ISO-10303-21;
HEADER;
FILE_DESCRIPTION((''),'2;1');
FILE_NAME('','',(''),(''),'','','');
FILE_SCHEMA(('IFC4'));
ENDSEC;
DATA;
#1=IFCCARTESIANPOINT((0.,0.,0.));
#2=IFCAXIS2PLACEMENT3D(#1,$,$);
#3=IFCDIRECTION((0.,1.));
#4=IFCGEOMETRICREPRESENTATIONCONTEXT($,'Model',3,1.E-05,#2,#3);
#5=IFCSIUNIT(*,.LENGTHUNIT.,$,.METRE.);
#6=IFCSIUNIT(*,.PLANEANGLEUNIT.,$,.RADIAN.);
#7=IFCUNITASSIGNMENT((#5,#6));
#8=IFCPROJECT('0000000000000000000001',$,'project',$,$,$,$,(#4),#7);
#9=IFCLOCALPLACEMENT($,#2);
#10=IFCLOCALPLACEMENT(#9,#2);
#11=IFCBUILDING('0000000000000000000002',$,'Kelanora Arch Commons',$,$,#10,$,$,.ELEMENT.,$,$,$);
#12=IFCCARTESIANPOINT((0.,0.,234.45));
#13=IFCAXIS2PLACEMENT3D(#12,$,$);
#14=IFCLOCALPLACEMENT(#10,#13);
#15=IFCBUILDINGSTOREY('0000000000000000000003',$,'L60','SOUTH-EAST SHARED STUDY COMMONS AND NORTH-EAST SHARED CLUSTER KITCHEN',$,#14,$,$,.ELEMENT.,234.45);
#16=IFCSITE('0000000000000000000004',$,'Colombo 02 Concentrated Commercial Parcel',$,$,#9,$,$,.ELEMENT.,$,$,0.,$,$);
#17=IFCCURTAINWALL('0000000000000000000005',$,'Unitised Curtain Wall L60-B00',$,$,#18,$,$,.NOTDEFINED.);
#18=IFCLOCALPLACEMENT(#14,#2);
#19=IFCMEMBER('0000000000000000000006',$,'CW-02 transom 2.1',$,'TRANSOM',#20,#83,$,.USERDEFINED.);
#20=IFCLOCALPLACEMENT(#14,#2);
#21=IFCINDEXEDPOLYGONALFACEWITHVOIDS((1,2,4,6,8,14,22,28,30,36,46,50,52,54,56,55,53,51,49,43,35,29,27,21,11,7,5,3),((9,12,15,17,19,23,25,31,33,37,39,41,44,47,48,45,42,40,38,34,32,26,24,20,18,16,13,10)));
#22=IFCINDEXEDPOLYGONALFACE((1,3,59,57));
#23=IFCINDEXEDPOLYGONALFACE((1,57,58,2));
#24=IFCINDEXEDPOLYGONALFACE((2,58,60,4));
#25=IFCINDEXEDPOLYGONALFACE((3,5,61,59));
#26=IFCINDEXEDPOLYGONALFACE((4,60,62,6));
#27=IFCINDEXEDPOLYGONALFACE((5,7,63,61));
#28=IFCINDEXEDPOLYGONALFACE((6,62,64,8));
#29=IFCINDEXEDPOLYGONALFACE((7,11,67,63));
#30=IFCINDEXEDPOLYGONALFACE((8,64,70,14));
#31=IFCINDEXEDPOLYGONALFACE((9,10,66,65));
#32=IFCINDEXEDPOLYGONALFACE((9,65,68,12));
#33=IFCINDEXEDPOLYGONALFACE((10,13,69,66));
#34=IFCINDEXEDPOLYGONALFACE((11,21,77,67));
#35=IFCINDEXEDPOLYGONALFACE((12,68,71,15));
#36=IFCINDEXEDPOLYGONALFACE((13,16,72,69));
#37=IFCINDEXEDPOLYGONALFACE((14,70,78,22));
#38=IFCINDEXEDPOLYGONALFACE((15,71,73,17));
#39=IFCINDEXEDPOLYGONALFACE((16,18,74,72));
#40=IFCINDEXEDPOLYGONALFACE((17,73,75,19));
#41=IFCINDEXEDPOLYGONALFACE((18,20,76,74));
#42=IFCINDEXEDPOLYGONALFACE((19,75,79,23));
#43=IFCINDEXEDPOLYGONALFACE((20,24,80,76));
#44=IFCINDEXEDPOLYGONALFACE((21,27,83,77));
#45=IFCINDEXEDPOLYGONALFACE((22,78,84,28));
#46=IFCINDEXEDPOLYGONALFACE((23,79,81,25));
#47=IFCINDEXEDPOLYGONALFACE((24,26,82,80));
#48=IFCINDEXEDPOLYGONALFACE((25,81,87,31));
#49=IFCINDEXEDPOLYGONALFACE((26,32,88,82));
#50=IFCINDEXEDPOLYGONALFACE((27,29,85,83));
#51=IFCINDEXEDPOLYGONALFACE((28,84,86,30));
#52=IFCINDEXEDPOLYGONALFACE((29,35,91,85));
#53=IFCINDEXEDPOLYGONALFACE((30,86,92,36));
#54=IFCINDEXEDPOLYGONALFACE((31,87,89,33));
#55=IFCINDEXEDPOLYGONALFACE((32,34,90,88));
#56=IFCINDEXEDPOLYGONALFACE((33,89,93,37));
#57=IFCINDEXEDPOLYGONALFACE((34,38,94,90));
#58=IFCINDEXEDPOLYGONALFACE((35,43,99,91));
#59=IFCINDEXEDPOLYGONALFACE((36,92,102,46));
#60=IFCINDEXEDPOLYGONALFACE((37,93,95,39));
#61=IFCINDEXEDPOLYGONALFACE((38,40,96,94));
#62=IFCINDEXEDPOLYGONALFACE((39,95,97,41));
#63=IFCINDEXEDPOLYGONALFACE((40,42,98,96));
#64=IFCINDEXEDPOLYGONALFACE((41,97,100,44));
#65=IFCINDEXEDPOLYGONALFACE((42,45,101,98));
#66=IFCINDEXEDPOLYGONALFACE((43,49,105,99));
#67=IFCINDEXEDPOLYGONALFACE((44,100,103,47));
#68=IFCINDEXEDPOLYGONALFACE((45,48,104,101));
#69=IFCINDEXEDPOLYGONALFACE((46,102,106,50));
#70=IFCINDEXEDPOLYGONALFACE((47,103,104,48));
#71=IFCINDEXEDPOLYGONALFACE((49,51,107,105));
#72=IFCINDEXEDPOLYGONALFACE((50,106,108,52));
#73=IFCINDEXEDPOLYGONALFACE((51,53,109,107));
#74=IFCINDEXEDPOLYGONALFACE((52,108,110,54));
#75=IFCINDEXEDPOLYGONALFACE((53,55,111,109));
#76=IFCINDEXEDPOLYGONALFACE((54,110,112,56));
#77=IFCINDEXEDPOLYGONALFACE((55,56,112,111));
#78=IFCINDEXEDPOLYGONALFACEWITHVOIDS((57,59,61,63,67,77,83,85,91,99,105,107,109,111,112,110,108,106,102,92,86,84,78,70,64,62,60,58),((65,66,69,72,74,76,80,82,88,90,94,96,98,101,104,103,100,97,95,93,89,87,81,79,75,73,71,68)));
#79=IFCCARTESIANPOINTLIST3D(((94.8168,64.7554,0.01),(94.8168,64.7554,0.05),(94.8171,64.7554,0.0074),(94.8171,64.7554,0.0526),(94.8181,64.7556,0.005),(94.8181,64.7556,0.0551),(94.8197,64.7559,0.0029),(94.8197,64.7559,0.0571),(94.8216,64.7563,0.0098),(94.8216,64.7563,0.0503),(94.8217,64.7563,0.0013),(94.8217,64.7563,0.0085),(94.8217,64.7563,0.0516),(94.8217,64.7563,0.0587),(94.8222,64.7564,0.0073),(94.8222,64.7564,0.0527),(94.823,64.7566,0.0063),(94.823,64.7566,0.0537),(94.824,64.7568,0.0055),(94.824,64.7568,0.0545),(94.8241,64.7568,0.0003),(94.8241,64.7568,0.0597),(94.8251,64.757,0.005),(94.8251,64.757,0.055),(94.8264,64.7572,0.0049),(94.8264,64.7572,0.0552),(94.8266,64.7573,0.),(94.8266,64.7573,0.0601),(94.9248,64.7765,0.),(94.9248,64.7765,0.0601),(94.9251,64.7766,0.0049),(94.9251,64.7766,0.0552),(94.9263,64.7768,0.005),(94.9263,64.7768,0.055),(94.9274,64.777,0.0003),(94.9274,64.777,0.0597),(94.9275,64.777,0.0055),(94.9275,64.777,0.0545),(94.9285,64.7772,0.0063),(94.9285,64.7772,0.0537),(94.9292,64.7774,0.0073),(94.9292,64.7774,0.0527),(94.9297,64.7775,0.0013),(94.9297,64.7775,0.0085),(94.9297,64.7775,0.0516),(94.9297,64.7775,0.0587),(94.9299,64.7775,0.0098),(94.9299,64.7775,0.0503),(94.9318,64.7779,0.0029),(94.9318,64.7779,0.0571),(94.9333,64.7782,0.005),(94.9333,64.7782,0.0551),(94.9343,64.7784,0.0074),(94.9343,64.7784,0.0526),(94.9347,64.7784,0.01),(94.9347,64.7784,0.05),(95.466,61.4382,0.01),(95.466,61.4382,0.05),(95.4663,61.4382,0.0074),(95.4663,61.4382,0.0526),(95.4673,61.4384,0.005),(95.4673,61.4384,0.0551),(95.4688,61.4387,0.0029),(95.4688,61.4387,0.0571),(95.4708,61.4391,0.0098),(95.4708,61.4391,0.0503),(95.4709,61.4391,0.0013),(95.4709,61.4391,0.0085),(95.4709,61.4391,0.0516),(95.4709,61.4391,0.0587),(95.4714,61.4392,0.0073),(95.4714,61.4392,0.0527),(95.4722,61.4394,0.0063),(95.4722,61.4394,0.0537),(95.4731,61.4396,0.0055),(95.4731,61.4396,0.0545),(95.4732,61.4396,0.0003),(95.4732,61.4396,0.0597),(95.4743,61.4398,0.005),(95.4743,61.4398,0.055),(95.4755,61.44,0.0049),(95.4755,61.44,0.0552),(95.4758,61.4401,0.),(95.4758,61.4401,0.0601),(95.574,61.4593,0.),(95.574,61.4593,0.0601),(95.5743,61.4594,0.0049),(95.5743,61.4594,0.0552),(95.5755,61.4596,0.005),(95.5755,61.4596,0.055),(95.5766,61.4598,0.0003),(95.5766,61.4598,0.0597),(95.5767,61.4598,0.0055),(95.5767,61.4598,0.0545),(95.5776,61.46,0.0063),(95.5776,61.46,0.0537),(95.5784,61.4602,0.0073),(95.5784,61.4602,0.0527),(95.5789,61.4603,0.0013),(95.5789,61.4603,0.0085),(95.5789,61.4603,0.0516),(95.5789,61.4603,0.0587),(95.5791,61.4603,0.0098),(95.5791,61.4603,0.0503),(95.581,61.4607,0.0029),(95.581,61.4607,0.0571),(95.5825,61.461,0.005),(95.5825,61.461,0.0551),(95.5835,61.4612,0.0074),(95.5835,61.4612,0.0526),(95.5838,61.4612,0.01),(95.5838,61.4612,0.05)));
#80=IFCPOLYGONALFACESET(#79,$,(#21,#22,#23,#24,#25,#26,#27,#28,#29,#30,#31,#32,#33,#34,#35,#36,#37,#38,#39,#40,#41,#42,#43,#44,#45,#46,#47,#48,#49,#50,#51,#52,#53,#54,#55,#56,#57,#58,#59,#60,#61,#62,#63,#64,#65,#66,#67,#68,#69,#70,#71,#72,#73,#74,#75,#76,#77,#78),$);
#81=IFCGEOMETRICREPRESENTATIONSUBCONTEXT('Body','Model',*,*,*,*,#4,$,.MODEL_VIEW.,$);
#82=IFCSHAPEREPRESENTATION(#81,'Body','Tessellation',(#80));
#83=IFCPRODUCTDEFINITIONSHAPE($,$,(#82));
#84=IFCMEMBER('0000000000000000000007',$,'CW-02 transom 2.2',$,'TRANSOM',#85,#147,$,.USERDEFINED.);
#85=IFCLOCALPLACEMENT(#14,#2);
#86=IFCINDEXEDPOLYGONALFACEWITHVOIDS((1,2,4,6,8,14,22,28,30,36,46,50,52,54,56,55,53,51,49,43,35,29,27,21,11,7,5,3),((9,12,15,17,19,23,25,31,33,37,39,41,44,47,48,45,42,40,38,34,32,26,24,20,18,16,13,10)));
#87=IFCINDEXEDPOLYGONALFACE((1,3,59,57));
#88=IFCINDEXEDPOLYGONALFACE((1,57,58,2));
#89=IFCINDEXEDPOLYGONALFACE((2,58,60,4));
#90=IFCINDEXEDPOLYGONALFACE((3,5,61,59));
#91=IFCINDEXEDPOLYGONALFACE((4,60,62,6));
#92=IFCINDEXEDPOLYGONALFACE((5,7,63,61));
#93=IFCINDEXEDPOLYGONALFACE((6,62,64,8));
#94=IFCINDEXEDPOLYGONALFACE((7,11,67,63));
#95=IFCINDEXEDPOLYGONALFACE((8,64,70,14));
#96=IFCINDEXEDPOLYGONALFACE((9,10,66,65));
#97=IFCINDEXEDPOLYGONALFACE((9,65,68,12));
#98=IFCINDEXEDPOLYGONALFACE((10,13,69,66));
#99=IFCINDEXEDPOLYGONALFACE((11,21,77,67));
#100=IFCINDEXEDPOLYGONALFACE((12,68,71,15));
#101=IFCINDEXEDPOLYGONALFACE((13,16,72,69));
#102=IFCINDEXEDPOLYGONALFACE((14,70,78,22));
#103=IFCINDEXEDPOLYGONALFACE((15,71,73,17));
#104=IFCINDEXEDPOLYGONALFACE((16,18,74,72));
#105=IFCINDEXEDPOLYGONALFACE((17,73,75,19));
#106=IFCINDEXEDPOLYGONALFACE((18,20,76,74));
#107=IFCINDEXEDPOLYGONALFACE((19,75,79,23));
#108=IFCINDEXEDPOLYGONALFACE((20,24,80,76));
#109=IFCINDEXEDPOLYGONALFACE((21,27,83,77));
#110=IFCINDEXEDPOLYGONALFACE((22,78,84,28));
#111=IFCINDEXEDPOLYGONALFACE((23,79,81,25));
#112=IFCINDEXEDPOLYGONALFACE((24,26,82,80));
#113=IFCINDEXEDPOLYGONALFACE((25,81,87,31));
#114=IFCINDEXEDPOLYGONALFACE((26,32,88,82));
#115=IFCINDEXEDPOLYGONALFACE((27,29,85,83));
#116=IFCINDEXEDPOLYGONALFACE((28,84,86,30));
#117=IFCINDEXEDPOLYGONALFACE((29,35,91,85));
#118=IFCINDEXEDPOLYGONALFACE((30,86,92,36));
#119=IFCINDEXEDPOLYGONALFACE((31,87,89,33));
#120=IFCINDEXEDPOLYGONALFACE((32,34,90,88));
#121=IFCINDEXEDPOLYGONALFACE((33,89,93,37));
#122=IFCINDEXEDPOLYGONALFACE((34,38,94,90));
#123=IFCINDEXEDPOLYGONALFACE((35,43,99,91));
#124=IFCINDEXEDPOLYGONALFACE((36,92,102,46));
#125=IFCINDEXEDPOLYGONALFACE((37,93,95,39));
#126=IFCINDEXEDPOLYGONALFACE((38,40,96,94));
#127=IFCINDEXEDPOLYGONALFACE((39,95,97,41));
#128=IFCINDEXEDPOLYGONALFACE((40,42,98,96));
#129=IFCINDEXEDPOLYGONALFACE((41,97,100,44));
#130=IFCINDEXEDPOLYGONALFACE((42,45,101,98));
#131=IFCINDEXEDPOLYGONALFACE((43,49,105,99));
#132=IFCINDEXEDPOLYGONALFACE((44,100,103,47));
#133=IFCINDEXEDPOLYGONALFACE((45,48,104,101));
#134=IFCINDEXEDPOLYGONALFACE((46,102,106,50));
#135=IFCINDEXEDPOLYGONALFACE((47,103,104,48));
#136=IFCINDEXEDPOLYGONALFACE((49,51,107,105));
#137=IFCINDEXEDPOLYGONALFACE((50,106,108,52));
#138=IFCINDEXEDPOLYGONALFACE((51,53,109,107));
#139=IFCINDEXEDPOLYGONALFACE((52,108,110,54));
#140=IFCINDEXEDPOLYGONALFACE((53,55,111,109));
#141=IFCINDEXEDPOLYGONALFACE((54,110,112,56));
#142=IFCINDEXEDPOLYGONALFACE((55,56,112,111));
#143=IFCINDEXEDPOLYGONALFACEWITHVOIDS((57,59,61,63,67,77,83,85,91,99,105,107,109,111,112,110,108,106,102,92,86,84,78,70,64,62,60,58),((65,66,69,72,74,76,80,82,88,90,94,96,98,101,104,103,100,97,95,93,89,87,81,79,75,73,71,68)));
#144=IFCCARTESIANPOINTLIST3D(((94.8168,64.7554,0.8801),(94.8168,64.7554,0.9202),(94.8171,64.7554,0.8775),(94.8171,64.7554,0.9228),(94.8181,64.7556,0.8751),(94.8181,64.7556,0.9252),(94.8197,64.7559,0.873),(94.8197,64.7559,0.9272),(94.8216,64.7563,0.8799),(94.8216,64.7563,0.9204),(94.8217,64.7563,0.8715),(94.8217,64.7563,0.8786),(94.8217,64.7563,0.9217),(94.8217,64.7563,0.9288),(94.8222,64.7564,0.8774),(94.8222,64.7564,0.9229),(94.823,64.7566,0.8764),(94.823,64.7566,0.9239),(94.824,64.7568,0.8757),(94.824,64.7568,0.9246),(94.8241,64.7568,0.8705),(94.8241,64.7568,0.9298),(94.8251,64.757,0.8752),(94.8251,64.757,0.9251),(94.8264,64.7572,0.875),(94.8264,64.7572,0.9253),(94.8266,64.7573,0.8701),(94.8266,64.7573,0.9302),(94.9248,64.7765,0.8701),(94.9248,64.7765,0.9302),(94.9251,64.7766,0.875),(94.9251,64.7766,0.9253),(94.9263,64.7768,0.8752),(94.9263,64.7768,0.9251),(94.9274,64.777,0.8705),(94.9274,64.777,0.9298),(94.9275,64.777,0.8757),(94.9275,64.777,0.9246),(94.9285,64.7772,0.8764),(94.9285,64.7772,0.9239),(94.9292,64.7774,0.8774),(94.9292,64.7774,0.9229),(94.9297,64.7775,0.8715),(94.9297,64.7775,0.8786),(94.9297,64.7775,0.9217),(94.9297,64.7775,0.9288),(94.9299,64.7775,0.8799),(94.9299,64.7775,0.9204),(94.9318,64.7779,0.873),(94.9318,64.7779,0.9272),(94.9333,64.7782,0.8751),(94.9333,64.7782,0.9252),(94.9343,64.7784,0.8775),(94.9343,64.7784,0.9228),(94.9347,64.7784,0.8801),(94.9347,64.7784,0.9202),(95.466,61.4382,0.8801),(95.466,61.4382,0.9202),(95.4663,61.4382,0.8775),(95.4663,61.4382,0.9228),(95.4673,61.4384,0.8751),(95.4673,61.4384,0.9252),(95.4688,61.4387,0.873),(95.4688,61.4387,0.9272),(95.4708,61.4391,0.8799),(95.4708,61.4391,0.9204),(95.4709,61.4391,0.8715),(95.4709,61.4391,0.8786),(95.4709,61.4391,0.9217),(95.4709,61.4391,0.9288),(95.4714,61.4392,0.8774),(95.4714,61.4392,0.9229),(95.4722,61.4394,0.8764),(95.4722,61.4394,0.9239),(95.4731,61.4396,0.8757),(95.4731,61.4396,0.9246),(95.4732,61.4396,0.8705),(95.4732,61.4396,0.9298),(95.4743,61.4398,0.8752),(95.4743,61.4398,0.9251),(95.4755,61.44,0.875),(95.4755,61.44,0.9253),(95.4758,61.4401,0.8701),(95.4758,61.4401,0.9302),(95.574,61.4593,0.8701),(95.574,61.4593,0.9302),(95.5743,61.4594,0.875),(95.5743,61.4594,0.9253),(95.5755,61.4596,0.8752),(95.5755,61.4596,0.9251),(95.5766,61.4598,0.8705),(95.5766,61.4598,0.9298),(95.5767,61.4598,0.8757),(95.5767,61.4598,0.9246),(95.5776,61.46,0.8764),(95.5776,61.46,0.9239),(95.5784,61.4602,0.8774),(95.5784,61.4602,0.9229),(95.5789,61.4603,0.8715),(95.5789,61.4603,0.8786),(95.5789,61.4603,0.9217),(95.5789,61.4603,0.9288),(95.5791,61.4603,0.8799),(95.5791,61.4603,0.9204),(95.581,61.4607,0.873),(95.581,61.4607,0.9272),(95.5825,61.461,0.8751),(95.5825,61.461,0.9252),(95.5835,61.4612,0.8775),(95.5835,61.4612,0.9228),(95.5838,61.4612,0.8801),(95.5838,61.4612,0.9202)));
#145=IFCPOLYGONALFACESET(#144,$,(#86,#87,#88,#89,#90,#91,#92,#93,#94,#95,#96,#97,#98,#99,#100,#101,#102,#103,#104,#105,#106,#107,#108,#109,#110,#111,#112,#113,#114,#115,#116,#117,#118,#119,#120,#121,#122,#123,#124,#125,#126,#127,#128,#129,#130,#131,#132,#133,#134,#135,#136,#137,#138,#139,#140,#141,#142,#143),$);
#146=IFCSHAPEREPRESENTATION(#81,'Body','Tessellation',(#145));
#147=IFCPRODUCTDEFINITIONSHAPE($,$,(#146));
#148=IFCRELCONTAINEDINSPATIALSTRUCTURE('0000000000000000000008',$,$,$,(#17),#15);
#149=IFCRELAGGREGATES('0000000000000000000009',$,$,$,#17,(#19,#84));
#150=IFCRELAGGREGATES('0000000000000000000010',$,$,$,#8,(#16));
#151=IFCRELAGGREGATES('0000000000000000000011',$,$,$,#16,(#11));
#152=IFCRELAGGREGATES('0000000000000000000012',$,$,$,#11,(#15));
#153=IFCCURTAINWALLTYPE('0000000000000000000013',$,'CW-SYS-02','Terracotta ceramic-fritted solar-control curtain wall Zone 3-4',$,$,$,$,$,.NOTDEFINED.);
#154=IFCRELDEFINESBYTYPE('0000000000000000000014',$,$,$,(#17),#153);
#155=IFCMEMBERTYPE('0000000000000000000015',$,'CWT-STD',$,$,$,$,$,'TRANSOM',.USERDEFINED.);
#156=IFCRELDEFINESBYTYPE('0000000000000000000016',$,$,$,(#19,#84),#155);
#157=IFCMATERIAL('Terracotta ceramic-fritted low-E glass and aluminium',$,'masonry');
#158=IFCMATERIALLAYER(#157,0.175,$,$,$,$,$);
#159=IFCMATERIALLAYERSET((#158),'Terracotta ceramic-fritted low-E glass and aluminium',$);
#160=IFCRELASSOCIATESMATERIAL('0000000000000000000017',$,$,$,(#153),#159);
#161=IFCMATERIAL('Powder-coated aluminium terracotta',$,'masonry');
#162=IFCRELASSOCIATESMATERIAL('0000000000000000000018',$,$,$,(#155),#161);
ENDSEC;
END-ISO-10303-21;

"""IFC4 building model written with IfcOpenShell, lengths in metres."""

from ifc_helpers import new_model, si_unit, direction, frame, origin, origin_2d, place, context, subcontext, project, spatial, hollow_rectangle, extrude, material, layer, layer_set, material_profile, profile_set, type_object, element, aggregate, save


model = new_model("IFC4")

# Units and contexts
model_context = context("Model", 3, precision=1e-05, world=origin(), true_north=direction((0.0, 1.0)))
body_context = subcontext(model_context, "Body", "Model", "MODEL_VIEW")
ifc_project = project(units=[si_unit("LENGTHUNIT", "METRE"), si_unit("PLANEANGLEUNIT", "RADIAN")], contexts=[model_context])

# Site, building, storey
site_placement = place(None, origin())
site = spatial("IfcSite", under=ifc_project, at=site_placement, Name="Colombo 02 Concentrated Commercial Parcel", CompositionType="ELEMENT", RefElevation=0.0)
building_placement = place(site_placement, origin())
building = spatial("IfcBuilding", under=site, at=building_placement, Name="Kelanora Arch Commons", CompositionType="ELEMENT")
storey_placement = place(building_placement, frame((0.0, 0.0, 234.45)))
storey = spatial("IfcBuildingStorey", under=building, at=storey_placement, Name="L60", Description="SOUTH-EAST SHARED STUDY COMMONS AND NORTH-EAST SHARED CLUSTER KITCHEN", CompositionType="ELEMENT", Elevation=234.45)

# Curtain wall, members
ifc_material_1 = material(Name="Terracotta ceramic-fritted low-E glass and aluminium", Category="masonry")
ifc_layer_1 = layer(ifc_material_1, 0.175)
ifc_layer_set_1 = layer_set([ifc_layer_1], Name="Terracotta ceramic-fritted low-E glass and aluminium")
curtain_wall_type = type_object("IfcCurtainWallType", Name="CW-SYS-02", Description="Terracotta ceramic-fritted solar-control curtain wall Zone 3-4", PredefinedType="NOTDEFINED", material=ifc_layer_set_1)
curtain_wall_placement = place(storey_placement, origin())
curtain_wall = element("IfcCurtainWall", 1, at=curtain_wall_placement, inside=storey, type_object=curtain_wall_type, Name="Unitised Curtain Wall L60-B00", PredefinedType="NOTDEFINED")
ifc_material_2 = material(Name="Powder-coated aluminium terracotta", Category="masonry")
ifc_material_profile_1 = material_profile(ifc_material_2, hollow_rectangle(XDim=0.1201, YDim=0.0601, WallThickness=0.0049, InnerFilletRadius=0.0049, OuterFilletRadius=0.01, at=origin_2d()), Name="CWT120x60")
ifc_profile_set_1 = profile_set([ifc_material_profile_1], Name="Powder-coated aluminium terracotta")
member_type_1 = type_object("IfcMemberType", Name="CWT-STD", ElementType="TRANSOM", PredefinedType="USERDEFINED", material=ifc_profile_set_1)
member_1_placement = place(storey_placement, frame((95.5249, 61.4497, 0.03), z_axis=(-0.192058, 0.981383, 0.0), x_axis=(-0.981383, -0.192058, 0.0)))
member_1 = element("IfcMember", 2, at=member_1_placement, type_object=member_type_1, Name="CW-02 transom 2.1", ObjectType="TRANSOM", PredefinedType="USERDEFINED", context=body_context, shape_type="SweptSolid", body=[
    extrude(hollow_rectangle(XDim=0.1201, YDim=0.0601, WallThickness=0.0049, InnerFilletRadius=0.0049, OuterFilletRadius=0.01, at=origin_2d()), origin(), (0.0, 0.0, 1.0), 3.3801),
])
member_2_placement = place(storey_placement, frame((95.5249, 61.4497, 0.9001), z_axis=(-0.192058, 0.981383, 0.0), x_axis=(-0.981383, -0.192058, 0.0)))
member_2 = element("IfcMember", 3, at=member_2_placement, type_object=member_type_1, Name="CW-02 transom 2.2", ObjectType="TRANSOM", PredefinedType="USERDEFINED", context=body_context, shape_type="SweptSolid", body=[
    extrude(hollow_rectangle(XDim=0.1201, YDim=0.0601, WallThickness=0.0049, InnerFilletRadius=0.0049, OuterFilletRadius=0.01, at=origin_2d()), origin(), (0.0, 0.0, 1.0), 3.3801),
])
aggregate(curtain_wall, [member_1, member_2])

save(model, "model.ifc")
